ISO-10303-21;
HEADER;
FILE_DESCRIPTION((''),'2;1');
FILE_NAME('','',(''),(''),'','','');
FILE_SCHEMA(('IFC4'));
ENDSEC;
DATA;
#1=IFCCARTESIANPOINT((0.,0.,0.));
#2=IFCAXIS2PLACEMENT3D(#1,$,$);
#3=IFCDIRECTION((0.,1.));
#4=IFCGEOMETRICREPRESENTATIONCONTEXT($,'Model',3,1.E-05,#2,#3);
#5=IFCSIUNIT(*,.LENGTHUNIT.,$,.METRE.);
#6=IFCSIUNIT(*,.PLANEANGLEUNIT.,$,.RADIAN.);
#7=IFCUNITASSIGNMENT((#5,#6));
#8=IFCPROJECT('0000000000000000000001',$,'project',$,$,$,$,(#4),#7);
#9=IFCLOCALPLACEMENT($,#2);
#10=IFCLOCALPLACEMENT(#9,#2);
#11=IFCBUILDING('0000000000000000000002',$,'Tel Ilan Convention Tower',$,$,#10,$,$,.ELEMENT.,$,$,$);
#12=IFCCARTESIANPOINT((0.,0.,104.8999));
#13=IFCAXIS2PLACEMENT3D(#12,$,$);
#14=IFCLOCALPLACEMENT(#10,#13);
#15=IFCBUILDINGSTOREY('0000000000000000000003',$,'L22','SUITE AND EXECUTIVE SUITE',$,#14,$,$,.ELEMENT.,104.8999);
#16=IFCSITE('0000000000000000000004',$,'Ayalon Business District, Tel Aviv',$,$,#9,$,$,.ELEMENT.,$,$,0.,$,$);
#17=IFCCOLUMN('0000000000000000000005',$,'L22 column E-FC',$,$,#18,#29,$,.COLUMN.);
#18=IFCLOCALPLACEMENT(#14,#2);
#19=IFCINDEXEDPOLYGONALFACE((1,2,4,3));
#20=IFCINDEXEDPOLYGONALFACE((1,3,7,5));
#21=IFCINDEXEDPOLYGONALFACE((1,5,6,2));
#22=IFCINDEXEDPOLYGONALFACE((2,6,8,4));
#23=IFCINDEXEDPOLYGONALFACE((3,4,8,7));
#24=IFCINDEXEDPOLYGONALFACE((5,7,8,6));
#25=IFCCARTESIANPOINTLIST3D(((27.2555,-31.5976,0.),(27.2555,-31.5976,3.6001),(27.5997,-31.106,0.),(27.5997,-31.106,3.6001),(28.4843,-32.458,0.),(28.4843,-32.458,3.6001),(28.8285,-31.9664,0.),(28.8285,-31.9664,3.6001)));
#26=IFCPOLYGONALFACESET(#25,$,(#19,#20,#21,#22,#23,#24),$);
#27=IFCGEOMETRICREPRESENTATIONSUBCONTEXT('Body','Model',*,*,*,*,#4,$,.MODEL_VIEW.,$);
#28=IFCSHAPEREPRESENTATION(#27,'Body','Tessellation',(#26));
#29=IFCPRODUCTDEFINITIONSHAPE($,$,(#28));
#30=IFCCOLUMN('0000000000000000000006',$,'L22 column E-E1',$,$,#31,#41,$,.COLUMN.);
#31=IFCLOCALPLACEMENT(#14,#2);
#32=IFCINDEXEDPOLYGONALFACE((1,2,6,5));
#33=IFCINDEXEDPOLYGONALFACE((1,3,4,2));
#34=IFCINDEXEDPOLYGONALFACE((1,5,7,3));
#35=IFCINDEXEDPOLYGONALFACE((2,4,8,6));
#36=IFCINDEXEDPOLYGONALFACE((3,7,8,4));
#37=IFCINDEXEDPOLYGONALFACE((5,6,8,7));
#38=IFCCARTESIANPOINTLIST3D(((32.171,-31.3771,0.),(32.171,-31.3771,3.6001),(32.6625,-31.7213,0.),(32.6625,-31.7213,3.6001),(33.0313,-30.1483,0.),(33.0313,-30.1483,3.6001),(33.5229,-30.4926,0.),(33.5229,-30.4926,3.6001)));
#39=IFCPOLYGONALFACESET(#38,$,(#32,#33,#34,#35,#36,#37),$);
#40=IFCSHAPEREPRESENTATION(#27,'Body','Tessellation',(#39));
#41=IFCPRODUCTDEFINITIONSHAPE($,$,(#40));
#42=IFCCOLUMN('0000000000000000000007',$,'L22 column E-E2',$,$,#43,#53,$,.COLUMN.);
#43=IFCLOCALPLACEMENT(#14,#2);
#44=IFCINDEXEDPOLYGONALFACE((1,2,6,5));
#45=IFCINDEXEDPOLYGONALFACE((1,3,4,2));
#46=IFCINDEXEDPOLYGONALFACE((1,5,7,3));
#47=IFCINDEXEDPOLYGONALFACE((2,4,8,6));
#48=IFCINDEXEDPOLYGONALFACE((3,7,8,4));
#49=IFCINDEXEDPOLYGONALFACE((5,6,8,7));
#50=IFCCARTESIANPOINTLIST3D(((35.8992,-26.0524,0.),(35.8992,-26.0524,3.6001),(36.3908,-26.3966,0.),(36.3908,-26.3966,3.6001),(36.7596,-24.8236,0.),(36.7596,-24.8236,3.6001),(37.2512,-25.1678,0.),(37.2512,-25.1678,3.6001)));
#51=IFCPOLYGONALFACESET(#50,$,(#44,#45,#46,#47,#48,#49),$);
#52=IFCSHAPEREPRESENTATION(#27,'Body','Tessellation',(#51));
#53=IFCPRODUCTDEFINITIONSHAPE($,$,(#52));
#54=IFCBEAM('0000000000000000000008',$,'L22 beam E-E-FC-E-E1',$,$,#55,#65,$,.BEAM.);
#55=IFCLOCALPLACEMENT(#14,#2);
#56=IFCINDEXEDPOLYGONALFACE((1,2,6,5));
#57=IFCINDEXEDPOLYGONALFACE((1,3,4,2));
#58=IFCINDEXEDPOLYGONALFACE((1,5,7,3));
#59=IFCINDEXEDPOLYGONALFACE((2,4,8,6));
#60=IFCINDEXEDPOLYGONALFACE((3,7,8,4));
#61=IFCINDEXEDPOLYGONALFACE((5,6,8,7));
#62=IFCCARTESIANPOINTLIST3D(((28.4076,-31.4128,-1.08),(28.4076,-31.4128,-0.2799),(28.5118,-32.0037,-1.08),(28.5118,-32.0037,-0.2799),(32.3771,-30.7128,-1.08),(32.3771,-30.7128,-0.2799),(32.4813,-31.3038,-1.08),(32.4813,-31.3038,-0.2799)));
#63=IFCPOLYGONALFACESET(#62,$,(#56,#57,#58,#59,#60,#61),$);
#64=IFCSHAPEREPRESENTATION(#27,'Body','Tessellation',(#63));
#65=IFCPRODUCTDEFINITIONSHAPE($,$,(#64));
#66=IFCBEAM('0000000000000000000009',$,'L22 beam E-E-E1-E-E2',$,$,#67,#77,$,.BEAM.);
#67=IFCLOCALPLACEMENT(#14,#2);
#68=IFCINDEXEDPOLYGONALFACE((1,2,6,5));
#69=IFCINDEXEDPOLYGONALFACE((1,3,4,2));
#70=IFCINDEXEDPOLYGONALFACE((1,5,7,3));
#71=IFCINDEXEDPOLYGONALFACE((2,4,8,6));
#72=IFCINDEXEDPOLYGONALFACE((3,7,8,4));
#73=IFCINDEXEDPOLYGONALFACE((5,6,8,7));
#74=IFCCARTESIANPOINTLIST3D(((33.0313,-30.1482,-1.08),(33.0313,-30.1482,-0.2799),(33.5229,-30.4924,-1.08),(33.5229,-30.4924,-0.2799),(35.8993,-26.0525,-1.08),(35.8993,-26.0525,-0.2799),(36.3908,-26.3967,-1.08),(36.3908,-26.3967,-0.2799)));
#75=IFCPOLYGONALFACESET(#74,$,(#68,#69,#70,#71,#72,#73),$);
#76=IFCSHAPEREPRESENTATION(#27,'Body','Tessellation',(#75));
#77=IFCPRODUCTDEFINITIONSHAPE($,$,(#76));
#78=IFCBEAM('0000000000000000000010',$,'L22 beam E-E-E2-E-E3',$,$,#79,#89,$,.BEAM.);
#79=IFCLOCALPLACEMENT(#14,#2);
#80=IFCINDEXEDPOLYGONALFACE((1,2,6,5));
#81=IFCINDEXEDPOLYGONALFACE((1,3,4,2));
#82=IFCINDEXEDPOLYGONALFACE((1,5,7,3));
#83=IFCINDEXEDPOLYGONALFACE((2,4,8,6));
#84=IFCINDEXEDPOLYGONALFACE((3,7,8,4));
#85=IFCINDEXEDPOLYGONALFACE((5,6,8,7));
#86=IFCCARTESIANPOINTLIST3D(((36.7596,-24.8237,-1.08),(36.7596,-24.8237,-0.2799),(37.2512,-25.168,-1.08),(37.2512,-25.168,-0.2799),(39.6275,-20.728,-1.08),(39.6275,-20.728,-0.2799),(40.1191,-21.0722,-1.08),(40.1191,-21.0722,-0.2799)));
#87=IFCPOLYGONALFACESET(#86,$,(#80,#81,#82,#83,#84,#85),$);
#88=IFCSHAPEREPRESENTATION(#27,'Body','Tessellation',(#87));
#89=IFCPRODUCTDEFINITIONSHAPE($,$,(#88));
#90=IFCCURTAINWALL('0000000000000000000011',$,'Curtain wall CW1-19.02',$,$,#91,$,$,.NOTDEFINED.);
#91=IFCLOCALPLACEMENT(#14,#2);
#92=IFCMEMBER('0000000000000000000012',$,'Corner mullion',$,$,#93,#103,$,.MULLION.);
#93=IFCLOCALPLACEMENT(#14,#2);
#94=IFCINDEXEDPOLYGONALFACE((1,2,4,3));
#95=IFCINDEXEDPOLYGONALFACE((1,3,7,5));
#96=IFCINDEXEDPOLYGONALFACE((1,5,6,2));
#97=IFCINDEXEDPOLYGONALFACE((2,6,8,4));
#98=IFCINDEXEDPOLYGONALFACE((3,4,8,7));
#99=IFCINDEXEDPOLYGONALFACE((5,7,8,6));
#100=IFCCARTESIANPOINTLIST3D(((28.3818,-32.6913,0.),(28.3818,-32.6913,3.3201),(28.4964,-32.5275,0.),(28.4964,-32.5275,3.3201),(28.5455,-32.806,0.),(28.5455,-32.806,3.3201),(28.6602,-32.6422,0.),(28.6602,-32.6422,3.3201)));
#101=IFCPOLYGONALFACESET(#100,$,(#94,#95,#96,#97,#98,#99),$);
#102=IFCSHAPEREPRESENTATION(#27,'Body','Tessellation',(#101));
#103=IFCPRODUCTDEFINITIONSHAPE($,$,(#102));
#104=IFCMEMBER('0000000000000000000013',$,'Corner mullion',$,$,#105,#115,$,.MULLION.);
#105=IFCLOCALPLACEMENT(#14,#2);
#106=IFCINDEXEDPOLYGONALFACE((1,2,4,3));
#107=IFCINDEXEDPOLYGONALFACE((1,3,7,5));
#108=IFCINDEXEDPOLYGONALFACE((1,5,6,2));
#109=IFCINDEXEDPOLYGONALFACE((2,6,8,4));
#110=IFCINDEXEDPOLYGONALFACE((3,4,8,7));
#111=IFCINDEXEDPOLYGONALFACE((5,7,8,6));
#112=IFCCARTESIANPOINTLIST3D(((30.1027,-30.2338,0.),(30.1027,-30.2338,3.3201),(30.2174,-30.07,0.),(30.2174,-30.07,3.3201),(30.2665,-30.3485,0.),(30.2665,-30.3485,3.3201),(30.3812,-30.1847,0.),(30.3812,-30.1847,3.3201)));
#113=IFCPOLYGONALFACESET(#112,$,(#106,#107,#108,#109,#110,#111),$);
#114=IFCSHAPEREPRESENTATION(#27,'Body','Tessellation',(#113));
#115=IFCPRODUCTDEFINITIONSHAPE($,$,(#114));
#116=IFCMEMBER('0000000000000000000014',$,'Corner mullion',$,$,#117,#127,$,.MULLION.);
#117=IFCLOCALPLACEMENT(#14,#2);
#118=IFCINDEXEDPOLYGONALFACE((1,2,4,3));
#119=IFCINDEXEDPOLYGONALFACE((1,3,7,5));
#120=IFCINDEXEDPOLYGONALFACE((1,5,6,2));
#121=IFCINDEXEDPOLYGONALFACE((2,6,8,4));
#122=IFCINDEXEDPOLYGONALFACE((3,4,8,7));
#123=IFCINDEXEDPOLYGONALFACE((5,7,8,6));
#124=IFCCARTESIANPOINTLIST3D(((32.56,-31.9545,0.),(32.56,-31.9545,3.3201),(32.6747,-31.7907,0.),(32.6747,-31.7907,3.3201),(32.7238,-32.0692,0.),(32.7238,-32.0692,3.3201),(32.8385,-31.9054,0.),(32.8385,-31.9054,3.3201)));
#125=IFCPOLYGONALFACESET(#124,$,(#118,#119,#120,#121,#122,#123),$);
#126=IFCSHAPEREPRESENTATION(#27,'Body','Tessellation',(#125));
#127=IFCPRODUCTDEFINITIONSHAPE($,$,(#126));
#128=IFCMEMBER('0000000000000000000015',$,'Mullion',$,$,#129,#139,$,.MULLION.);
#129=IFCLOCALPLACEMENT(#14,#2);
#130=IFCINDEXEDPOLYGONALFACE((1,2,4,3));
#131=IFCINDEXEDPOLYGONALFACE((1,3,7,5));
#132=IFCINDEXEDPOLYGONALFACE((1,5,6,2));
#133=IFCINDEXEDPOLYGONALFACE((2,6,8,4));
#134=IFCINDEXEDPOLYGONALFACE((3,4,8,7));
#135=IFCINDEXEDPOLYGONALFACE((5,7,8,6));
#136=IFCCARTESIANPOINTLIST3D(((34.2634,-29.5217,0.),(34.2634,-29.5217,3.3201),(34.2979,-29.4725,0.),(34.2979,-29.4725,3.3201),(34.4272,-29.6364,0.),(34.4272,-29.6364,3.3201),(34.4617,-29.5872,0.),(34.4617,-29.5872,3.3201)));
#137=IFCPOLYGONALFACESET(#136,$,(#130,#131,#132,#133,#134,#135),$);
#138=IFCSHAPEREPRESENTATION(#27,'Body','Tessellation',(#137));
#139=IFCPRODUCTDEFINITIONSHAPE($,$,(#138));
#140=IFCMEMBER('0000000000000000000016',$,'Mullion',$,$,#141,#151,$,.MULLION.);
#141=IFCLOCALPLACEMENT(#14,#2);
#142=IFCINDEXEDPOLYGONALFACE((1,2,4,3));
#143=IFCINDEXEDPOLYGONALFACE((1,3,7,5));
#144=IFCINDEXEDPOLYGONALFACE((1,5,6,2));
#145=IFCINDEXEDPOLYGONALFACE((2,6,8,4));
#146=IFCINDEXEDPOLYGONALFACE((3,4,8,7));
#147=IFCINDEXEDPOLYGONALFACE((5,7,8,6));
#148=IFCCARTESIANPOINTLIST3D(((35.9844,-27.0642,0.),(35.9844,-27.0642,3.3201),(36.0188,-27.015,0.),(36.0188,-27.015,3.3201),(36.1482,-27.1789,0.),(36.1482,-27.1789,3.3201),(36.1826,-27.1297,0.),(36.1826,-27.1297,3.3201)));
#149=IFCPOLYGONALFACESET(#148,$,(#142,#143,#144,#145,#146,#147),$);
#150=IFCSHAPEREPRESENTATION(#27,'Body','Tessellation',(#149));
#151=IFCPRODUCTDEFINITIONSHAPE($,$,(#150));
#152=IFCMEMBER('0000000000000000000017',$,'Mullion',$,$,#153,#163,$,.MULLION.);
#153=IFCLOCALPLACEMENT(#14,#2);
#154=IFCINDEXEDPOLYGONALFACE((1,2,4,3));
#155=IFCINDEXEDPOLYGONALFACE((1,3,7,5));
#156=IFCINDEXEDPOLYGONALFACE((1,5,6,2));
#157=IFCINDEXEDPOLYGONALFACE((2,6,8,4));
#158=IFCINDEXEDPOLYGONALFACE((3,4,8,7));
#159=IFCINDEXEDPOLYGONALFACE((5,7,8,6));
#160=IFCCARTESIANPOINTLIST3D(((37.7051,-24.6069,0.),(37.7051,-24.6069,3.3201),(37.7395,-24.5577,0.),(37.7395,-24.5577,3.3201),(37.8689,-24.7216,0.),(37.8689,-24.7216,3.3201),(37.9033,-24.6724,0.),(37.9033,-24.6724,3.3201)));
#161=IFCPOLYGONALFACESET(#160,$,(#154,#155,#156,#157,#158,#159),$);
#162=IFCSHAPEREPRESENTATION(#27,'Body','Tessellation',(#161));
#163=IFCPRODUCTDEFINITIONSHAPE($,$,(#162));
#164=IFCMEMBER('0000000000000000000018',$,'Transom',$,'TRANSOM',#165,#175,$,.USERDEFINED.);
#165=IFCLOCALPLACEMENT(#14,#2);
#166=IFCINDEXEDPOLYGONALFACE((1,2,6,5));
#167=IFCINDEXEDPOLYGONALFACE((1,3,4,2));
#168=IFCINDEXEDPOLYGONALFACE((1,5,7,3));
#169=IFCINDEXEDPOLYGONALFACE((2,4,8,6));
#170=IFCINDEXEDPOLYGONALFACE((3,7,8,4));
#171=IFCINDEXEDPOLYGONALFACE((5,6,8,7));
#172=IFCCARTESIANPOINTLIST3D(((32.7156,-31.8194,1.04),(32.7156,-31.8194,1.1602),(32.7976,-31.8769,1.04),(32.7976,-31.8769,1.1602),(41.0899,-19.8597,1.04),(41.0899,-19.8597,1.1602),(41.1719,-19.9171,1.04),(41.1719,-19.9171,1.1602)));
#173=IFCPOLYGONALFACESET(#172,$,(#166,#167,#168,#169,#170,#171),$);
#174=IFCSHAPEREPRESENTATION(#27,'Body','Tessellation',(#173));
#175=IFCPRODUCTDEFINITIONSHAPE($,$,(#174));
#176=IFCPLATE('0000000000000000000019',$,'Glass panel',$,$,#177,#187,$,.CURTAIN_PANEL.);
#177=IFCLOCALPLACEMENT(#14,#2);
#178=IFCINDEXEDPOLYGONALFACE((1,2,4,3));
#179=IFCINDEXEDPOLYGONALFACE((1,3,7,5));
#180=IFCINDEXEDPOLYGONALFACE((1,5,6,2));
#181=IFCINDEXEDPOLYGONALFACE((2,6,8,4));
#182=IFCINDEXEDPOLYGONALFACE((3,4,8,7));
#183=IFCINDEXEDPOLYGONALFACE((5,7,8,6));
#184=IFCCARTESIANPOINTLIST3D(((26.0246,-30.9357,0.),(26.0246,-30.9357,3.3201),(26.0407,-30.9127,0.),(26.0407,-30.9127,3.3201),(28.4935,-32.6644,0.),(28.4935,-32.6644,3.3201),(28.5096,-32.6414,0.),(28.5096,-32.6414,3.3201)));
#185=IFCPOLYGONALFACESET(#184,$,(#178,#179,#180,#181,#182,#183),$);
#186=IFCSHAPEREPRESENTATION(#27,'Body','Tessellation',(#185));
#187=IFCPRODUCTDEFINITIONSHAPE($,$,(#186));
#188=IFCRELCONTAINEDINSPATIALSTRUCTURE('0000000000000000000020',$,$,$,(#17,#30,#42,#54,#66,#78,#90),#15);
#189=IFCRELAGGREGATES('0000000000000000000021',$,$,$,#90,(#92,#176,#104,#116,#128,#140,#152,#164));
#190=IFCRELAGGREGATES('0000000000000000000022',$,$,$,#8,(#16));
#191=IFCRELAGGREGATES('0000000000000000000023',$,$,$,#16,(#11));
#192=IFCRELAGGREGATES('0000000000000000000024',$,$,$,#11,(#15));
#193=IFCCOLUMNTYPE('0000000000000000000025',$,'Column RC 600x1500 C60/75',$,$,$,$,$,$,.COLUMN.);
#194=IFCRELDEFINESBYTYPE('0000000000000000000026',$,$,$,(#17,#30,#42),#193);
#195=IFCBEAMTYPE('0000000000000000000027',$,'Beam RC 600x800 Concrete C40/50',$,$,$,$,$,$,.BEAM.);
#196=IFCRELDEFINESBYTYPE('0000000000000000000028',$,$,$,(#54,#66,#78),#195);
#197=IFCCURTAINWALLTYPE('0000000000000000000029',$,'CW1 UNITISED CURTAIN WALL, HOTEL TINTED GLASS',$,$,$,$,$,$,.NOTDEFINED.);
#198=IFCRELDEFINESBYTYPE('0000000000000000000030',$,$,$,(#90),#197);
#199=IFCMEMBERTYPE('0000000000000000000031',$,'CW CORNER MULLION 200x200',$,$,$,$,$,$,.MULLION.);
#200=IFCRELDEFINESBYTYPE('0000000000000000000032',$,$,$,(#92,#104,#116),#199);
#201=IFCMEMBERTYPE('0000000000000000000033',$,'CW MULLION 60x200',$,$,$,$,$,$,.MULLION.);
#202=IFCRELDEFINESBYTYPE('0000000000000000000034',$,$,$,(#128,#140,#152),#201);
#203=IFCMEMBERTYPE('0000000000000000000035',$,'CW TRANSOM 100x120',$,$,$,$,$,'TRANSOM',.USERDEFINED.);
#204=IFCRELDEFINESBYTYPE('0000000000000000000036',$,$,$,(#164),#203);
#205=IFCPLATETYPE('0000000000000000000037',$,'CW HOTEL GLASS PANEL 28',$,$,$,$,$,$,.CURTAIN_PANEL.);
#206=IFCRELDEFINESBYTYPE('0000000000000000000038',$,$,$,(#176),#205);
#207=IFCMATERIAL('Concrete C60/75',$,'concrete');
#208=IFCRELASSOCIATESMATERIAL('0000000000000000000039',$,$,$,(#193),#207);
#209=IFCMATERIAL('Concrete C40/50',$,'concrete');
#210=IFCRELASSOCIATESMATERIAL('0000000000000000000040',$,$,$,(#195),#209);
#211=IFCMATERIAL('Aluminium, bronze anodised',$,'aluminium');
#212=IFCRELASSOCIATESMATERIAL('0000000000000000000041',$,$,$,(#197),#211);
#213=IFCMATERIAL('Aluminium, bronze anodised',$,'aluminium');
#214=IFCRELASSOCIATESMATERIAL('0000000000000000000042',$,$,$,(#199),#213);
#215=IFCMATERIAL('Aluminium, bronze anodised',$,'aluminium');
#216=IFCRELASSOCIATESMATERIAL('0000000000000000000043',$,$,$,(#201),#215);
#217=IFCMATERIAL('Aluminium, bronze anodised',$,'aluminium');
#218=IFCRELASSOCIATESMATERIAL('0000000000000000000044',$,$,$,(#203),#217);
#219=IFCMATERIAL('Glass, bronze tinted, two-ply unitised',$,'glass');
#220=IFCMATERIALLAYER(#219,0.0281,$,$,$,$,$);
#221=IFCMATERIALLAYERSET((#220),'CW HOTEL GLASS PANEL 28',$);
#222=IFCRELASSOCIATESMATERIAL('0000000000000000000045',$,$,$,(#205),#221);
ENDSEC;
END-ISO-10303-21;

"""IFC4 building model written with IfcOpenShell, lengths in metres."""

from ifc_helpers import new_model, si_unit, direction, frame, origin, origin_2d, place, context, subcontext, project, spatial, rectangle, extrude, material, layer, layer_set, material_profile, profile_set, type_object, element, aggregate, save


model = new_model("IFC4")

# Units and contexts
model_context = context("Model", 3, precision=1e-05, world=origin(), true_north=direction((0.0, 1.0)))
body_context = subcontext(model_context, "Body", "Model", "MODEL_VIEW")
ifc_project = project(units=[si_unit("LENGTHUNIT", "METRE"), si_unit("PLANEANGLEUNIT", "RADIAN")], contexts=[model_context])

# Site, building, storey
site_placement = place(None, origin())
site = spatial("IfcSite", under=ifc_project, at=site_placement, Name="Ayalon Business District, Tel Aviv", CompositionType="ELEMENT", RefElevation=0.0)
building_placement = place(site_placement, origin())
building = spatial("IfcBuilding", under=site, at=building_placement, Name="Tel Ilan Convention Tower", CompositionType="ELEMENT")
storey_placement = place(building_placement, frame((0.0, 0.0, 104.8999)))
storey = spatial("IfcBuildingStorey", under=building, at=storey_placement, Name="L22", Description="SUITE AND EXECUTIVE SUITE", CompositionType="ELEMENT", Elevation=104.8999)

# Columns
ifc_material_1 = material(Name="Concrete C60/75", Category="concrete")
ifc_material_profile_1 = material_profile(ifc_material_1, rectangle(XDim=1.5, YDim=0.6001, at=origin_2d()), Name="RC 600x1500")
ifc_profile_set_1 = profile_set([ifc_material_profile_1], Name="Concrete C60/75")
column_type = type_object("IfcColumnType", Name="Column RC 600x1500 C60/75", PredefinedType="COLUMN", material=ifc_profile_set_1)
for number, where, z_axis, x_axis, name in (
    (1, (28.042, -31.782, 0.0), (0.0, 0.0, 1.0), (0.819152, -0.573576, 0.0), "L22 column E-FC"),
    (2, (32.8469, -30.9348, 0.0), (0.0, 0.0, 1.0), (0.573576, 0.819152, 0.0), "L22 column E-E1"),
    (3, (36.5752, -25.6101, 0.0), (0.0, 0.0, 1.0), (0.573576, 0.819152, 0.0), "L22 column E-E2"),
):
    element("IfcColumn", number, at=place(storey_placement, frame(where, z_axis=z_axis, x_axis=x_axis)), inside=storey, type_object=column_type, Name=name, PredefinedType="COLUMN", context=body_context, shape_type="SweptSolid", body=[
        extrude(rectangle(XDim=1.5, YDim=0.6001, at=origin_2d()), origin(), (0.0, 0.0, 1.0), 3.6001),
    ])

# Beams
ifc_material_2 = material(Name="Concrete C40/50", Category="concrete")
ifc_material_profile_2 = material_profile(ifc_material_2, rectangle(XDim=0.6001, YDim=0.8, at=origin_2d()), Name="RC 600x800")
ifc_profile_set_2 = profile_set([ifc_material_profile_2], Name="Concrete C40/50")
beam_type = type_object("IfcBeamType", Name="Beam RC 600x800 Concrete C40/50", PredefinedType="BEAM", material=ifc_profile_set_2)
beam_placement = place(storey_placement, frame((28.4597, -31.7083, -0.6799), z_axis=(0.984807, 0.173654, 0.0), x_axis=(-0.173654, 0.984807, 0.0)))
element("IfcBeam", 4, at=beam_placement, inside=storey, type_object=beam_type, Name="L22 beam E-E-FC-E-E1", PredefinedType="BEAM", context=body_context, shape_type="SweptSolid", body=[
    extrude(rectangle(XDim=0.6001, YDim=0.8, at=origin_2d()), origin(), (0.0, 0.0, 1.0), 4.0308),
])
for number, where, z_axis, x_axis, name in (
    (5, (33.2771, -30.3203, -0.6799), (0.573587, 0.819145, 0.0), (-0.819145, 0.573587, 0.0), "L22 beam E-E-E1-E-E2"),
    (6, (37.0054, -24.9958, -0.6799), (0.573587, 0.819145, 0.0), (-0.819145, 0.573587, 0.0), "L22 beam E-E-E2-E-E3"),
):
    element("IfcBeam", number, at=place(storey_placement, frame(where, z_axis=z_axis, x_axis=x_axis)), inside=storey, type_object=beam_type, Name=name, PredefinedType="BEAM", context=body_context, shape_type="SweptSolid", body=[
        extrude(rectangle(XDim=0.6001, YDim=0.8, at=origin_2d()), origin(), (0.0, 0.0, 1.0), 5.0),
    ])

# Curtain wall, members, plate
ifc_material_3 = material(Name="Aluminium, bronze anodised", Category="aluminium")
curtain_wall_type = type_object("IfcCurtainWallType", Name="CW1 UNITISED CURTAIN WALL, HOTEL TINTED GLASS", PredefinedType="NOTDEFINED", material=ifc_material_3)
curtain_wall_placement = place(storey_placement, origin())
curtain_wall = element("IfcCurtainWall", 7, at=curtain_wall_placement, inside=storey, type_object=curtain_wall_type, Name="Curtain wall CW1-19.02", PredefinedType="NOTDEFINED")
ifc_material_4 = material(Name="Aluminium, bronze anodised", Category="aluminium")
ifc_material_profile_3 = material_profile(ifc_material_4, rectangle(XDim=0.2, YDim=0.2, at=origin_2d()), Name="CW CORNER MULLION 200x200")
ifc_profile_set_3 = profile_set([ifc_material_profile_3], Name="Aluminium, bronze anodised")
member_type_1 = type_object("IfcMemberType", Name="CW CORNER MULLION 200x200", PredefinedType="MULLION", material=ifc_profile_set_3)
member_1_placement = place(storey_placement, frame((28.521, -32.6667, 0.0), z_axis=(0.0, 0.0, 1.0), x_axis=(0.819152, -0.573576, 0.0)))
member_1 = element("IfcMember", 8, at=member_1_placement, type_object=member_type_1, Name="Corner mullion", PredefinedType="MULLION", context=body_context, shape_type="SweptSolid", body=[
    extrude(rectangle(XDim=0.2, YDim=0.2, at=origin_2d()), origin(), (0.0, 0.0, 1.0), 3.3201),
])
member_2_placement = place(storey_placement, frame((30.2419, -30.2092, 0.0), z_axis=(0.0, 0.0, 1.0), x_axis=(0.573576, 0.819152, 0.0)))
member_2 = element("IfcMember", 9, at=member_2_placement, type_object=member_type_1, Name="Corner mullion", PredefinedType="MULLION", context=body_context, shape_type="SweptSolid", body=[
    extrude(rectangle(XDim=0.2, YDim=0.2, at=origin_2d()), origin(), (0.0, 0.0, 1.0), 3.3201),
])
member_3_placement = place(storey_placement, frame((32.6992, -31.9299, 0.0), z_axis=(0.0, 0.0, 1.0), x_axis=(0.819152, -0.573576, 0.0)))
member_3 = element("IfcMember", 10, at=member_3_placement, type_object=member_type_1, Name="Corner mullion", PredefinedType="MULLION", context=body_context, shape_type="SweptSolid", body=[
    extrude(rectangle(XDim=0.2, YDim=0.2, at=origin_2d()), origin(), (0.0, 0.0, 1.0), 3.3201),
])
ifc_material_5 = material(Name="Aluminium, bronze anodised", Category="aluminium")
ifc_material_profile_4 = material_profile(ifc_material_5, rectangle(XDim=0.0601, YDim=0.2, at=origin_2d()), Name="CW MULLION 60x200")
ifc_profile_set_4 = profile_set([ifc_material_profile_4], Name="Aluminium, bronze anodised")
member_type_2 = type_object("IfcMemberType", Name="CW MULLION 60x200", PredefinedType="MULLION", material=ifc_profile_set_4)
member_4_placement = place(storey_placement, frame((34.3625, -29.5544, 0.0), z_axis=(0.0, 0.0, 1.0), x_axis=(0.573576, 0.819152, 0.0)))
member_4 = element("IfcMember", 11, at=member_4_placement, type_object=member_type_2, Name="Mullion", PredefinedType="MULLION", context=body_context, shape_type="SweptSolid", body=[
    extrude(rectangle(XDim=0.0601, YDim=0.2, at=origin_2d()), origin(), (0.0, 0.0, 1.0), 3.3201),
])
member_5_placement = place(storey_placement, frame((36.0835, -27.0969, 0.0), z_axis=(0.0, 0.0, 1.0), x_axis=(0.573576, 0.819152, 0.0)))
member_5 = element("IfcMember", 12, at=member_5_placement, type_object=member_type_2, Name="Mullion", PredefinedType="MULLION", context=body_context, shape_type="SweptSolid", body=[
    extrude(rectangle(XDim=0.0601, YDim=0.2, at=origin_2d()), origin(), (0.0, 0.0, 1.0), 3.3201),
])
member_6_placement = place(storey_placement, frame((37.8042, -24.6396, 0.0), z_axis=(0.0, 0.0, 1.0), x_axis=(0.573576, 0.819152, 0.0)))
member_6 = element("IfcMember", 13, at=member_6_placement, type_object=member_type_2, Name="Mullion", PredefinedType="MULLION", context=body_context, shape_type="SweptSolid", body=[
    extrude(rectangle(XDim=0.0601, YDim=0.2, at=origin_2d()), origin(), (0.0, 0.0, 1.0), 3.3201),
])
ifc_material_6 = material(Name="Aluminium, bronze anodised", Category="aluminium")
ifc_material_profile_5 = material_profile(ifc_material_6, rectangle(XDim=0.1001, YDim=0.1201, at=origin_2d()), Name="CW TRANSOM 100x120")
ifc_profile_set_5 = profile_set([ifc_material_profile_5], Name="Aluminium, bronze anodised")
member_type_3 = type_object("IfcMemberType", Name="CW TRANSOM 100x120", ElementType="TRANSOM", PredefinedType="USERDEFINED", material=ifc_profile_set_5)
member_7_placement = place(storey_placement, frame((32.7566, -31.8481, 1.1001), z_axis=(0.573576, 0.819153, 0.0), x_axis=(-0.819153, 0.573576, 0.0)))
member_7 = element("IfcMember", 14, at=member_7_placement, type_object=member_type_3, Name="Transom", ObjectType="TRANSOM", PredefinedType="USERDEFINED", context=body_context, shape_type="SweptSolid", body=[
    extrude(rectangle(XDim=0.1001, YDim=0.1201, at=origin_2d()), origin(), (0.0, 0.0, 1.0), 14.6001),
])
ifc_material_7 = material(Name="Glass, bronze tinted, two-ply unitised", Category="glass")
ifc_layer_1 = layer(ifc_material_7, 0.0281)
ifc_layer_set_1 = layer_set([ifc_layer_1], Name="CW HOTEL GLASS PANEL 28")
plate_type = type_object("IfcPlateType", Name="CW HOTEL GLASS PANEL 28", PredefinedType="CURTAIN_PANEL", material=ifc_layer_set_1)
plate_1_placement = place(storey_placement, frame((27.2671, -31.7886, 0.0), z_axis=(0.0, 0.0, 1.0), x_axis=(0.819152, -0.573576, 0.0)))
plate_1 = element("IfcPlate", 15, at=plate_1_placement, type_object=plate_type, Name="Glass panel", PredefinedType="CURTAIN_PANEL", context=body_context, shape_type="SweptSolid", body=[
    extrude(rectangle(XDim=3.0139, YDim=0.0281, at=origin_2d()), origin(), (0.0, 0.0, 1.0), 3.3201),
])
aggregate(curtain_wall, [member_1, plate_1, member_2, member_3, member_4, member_5, member_6, member_7])

save(model, "model.ifc")
